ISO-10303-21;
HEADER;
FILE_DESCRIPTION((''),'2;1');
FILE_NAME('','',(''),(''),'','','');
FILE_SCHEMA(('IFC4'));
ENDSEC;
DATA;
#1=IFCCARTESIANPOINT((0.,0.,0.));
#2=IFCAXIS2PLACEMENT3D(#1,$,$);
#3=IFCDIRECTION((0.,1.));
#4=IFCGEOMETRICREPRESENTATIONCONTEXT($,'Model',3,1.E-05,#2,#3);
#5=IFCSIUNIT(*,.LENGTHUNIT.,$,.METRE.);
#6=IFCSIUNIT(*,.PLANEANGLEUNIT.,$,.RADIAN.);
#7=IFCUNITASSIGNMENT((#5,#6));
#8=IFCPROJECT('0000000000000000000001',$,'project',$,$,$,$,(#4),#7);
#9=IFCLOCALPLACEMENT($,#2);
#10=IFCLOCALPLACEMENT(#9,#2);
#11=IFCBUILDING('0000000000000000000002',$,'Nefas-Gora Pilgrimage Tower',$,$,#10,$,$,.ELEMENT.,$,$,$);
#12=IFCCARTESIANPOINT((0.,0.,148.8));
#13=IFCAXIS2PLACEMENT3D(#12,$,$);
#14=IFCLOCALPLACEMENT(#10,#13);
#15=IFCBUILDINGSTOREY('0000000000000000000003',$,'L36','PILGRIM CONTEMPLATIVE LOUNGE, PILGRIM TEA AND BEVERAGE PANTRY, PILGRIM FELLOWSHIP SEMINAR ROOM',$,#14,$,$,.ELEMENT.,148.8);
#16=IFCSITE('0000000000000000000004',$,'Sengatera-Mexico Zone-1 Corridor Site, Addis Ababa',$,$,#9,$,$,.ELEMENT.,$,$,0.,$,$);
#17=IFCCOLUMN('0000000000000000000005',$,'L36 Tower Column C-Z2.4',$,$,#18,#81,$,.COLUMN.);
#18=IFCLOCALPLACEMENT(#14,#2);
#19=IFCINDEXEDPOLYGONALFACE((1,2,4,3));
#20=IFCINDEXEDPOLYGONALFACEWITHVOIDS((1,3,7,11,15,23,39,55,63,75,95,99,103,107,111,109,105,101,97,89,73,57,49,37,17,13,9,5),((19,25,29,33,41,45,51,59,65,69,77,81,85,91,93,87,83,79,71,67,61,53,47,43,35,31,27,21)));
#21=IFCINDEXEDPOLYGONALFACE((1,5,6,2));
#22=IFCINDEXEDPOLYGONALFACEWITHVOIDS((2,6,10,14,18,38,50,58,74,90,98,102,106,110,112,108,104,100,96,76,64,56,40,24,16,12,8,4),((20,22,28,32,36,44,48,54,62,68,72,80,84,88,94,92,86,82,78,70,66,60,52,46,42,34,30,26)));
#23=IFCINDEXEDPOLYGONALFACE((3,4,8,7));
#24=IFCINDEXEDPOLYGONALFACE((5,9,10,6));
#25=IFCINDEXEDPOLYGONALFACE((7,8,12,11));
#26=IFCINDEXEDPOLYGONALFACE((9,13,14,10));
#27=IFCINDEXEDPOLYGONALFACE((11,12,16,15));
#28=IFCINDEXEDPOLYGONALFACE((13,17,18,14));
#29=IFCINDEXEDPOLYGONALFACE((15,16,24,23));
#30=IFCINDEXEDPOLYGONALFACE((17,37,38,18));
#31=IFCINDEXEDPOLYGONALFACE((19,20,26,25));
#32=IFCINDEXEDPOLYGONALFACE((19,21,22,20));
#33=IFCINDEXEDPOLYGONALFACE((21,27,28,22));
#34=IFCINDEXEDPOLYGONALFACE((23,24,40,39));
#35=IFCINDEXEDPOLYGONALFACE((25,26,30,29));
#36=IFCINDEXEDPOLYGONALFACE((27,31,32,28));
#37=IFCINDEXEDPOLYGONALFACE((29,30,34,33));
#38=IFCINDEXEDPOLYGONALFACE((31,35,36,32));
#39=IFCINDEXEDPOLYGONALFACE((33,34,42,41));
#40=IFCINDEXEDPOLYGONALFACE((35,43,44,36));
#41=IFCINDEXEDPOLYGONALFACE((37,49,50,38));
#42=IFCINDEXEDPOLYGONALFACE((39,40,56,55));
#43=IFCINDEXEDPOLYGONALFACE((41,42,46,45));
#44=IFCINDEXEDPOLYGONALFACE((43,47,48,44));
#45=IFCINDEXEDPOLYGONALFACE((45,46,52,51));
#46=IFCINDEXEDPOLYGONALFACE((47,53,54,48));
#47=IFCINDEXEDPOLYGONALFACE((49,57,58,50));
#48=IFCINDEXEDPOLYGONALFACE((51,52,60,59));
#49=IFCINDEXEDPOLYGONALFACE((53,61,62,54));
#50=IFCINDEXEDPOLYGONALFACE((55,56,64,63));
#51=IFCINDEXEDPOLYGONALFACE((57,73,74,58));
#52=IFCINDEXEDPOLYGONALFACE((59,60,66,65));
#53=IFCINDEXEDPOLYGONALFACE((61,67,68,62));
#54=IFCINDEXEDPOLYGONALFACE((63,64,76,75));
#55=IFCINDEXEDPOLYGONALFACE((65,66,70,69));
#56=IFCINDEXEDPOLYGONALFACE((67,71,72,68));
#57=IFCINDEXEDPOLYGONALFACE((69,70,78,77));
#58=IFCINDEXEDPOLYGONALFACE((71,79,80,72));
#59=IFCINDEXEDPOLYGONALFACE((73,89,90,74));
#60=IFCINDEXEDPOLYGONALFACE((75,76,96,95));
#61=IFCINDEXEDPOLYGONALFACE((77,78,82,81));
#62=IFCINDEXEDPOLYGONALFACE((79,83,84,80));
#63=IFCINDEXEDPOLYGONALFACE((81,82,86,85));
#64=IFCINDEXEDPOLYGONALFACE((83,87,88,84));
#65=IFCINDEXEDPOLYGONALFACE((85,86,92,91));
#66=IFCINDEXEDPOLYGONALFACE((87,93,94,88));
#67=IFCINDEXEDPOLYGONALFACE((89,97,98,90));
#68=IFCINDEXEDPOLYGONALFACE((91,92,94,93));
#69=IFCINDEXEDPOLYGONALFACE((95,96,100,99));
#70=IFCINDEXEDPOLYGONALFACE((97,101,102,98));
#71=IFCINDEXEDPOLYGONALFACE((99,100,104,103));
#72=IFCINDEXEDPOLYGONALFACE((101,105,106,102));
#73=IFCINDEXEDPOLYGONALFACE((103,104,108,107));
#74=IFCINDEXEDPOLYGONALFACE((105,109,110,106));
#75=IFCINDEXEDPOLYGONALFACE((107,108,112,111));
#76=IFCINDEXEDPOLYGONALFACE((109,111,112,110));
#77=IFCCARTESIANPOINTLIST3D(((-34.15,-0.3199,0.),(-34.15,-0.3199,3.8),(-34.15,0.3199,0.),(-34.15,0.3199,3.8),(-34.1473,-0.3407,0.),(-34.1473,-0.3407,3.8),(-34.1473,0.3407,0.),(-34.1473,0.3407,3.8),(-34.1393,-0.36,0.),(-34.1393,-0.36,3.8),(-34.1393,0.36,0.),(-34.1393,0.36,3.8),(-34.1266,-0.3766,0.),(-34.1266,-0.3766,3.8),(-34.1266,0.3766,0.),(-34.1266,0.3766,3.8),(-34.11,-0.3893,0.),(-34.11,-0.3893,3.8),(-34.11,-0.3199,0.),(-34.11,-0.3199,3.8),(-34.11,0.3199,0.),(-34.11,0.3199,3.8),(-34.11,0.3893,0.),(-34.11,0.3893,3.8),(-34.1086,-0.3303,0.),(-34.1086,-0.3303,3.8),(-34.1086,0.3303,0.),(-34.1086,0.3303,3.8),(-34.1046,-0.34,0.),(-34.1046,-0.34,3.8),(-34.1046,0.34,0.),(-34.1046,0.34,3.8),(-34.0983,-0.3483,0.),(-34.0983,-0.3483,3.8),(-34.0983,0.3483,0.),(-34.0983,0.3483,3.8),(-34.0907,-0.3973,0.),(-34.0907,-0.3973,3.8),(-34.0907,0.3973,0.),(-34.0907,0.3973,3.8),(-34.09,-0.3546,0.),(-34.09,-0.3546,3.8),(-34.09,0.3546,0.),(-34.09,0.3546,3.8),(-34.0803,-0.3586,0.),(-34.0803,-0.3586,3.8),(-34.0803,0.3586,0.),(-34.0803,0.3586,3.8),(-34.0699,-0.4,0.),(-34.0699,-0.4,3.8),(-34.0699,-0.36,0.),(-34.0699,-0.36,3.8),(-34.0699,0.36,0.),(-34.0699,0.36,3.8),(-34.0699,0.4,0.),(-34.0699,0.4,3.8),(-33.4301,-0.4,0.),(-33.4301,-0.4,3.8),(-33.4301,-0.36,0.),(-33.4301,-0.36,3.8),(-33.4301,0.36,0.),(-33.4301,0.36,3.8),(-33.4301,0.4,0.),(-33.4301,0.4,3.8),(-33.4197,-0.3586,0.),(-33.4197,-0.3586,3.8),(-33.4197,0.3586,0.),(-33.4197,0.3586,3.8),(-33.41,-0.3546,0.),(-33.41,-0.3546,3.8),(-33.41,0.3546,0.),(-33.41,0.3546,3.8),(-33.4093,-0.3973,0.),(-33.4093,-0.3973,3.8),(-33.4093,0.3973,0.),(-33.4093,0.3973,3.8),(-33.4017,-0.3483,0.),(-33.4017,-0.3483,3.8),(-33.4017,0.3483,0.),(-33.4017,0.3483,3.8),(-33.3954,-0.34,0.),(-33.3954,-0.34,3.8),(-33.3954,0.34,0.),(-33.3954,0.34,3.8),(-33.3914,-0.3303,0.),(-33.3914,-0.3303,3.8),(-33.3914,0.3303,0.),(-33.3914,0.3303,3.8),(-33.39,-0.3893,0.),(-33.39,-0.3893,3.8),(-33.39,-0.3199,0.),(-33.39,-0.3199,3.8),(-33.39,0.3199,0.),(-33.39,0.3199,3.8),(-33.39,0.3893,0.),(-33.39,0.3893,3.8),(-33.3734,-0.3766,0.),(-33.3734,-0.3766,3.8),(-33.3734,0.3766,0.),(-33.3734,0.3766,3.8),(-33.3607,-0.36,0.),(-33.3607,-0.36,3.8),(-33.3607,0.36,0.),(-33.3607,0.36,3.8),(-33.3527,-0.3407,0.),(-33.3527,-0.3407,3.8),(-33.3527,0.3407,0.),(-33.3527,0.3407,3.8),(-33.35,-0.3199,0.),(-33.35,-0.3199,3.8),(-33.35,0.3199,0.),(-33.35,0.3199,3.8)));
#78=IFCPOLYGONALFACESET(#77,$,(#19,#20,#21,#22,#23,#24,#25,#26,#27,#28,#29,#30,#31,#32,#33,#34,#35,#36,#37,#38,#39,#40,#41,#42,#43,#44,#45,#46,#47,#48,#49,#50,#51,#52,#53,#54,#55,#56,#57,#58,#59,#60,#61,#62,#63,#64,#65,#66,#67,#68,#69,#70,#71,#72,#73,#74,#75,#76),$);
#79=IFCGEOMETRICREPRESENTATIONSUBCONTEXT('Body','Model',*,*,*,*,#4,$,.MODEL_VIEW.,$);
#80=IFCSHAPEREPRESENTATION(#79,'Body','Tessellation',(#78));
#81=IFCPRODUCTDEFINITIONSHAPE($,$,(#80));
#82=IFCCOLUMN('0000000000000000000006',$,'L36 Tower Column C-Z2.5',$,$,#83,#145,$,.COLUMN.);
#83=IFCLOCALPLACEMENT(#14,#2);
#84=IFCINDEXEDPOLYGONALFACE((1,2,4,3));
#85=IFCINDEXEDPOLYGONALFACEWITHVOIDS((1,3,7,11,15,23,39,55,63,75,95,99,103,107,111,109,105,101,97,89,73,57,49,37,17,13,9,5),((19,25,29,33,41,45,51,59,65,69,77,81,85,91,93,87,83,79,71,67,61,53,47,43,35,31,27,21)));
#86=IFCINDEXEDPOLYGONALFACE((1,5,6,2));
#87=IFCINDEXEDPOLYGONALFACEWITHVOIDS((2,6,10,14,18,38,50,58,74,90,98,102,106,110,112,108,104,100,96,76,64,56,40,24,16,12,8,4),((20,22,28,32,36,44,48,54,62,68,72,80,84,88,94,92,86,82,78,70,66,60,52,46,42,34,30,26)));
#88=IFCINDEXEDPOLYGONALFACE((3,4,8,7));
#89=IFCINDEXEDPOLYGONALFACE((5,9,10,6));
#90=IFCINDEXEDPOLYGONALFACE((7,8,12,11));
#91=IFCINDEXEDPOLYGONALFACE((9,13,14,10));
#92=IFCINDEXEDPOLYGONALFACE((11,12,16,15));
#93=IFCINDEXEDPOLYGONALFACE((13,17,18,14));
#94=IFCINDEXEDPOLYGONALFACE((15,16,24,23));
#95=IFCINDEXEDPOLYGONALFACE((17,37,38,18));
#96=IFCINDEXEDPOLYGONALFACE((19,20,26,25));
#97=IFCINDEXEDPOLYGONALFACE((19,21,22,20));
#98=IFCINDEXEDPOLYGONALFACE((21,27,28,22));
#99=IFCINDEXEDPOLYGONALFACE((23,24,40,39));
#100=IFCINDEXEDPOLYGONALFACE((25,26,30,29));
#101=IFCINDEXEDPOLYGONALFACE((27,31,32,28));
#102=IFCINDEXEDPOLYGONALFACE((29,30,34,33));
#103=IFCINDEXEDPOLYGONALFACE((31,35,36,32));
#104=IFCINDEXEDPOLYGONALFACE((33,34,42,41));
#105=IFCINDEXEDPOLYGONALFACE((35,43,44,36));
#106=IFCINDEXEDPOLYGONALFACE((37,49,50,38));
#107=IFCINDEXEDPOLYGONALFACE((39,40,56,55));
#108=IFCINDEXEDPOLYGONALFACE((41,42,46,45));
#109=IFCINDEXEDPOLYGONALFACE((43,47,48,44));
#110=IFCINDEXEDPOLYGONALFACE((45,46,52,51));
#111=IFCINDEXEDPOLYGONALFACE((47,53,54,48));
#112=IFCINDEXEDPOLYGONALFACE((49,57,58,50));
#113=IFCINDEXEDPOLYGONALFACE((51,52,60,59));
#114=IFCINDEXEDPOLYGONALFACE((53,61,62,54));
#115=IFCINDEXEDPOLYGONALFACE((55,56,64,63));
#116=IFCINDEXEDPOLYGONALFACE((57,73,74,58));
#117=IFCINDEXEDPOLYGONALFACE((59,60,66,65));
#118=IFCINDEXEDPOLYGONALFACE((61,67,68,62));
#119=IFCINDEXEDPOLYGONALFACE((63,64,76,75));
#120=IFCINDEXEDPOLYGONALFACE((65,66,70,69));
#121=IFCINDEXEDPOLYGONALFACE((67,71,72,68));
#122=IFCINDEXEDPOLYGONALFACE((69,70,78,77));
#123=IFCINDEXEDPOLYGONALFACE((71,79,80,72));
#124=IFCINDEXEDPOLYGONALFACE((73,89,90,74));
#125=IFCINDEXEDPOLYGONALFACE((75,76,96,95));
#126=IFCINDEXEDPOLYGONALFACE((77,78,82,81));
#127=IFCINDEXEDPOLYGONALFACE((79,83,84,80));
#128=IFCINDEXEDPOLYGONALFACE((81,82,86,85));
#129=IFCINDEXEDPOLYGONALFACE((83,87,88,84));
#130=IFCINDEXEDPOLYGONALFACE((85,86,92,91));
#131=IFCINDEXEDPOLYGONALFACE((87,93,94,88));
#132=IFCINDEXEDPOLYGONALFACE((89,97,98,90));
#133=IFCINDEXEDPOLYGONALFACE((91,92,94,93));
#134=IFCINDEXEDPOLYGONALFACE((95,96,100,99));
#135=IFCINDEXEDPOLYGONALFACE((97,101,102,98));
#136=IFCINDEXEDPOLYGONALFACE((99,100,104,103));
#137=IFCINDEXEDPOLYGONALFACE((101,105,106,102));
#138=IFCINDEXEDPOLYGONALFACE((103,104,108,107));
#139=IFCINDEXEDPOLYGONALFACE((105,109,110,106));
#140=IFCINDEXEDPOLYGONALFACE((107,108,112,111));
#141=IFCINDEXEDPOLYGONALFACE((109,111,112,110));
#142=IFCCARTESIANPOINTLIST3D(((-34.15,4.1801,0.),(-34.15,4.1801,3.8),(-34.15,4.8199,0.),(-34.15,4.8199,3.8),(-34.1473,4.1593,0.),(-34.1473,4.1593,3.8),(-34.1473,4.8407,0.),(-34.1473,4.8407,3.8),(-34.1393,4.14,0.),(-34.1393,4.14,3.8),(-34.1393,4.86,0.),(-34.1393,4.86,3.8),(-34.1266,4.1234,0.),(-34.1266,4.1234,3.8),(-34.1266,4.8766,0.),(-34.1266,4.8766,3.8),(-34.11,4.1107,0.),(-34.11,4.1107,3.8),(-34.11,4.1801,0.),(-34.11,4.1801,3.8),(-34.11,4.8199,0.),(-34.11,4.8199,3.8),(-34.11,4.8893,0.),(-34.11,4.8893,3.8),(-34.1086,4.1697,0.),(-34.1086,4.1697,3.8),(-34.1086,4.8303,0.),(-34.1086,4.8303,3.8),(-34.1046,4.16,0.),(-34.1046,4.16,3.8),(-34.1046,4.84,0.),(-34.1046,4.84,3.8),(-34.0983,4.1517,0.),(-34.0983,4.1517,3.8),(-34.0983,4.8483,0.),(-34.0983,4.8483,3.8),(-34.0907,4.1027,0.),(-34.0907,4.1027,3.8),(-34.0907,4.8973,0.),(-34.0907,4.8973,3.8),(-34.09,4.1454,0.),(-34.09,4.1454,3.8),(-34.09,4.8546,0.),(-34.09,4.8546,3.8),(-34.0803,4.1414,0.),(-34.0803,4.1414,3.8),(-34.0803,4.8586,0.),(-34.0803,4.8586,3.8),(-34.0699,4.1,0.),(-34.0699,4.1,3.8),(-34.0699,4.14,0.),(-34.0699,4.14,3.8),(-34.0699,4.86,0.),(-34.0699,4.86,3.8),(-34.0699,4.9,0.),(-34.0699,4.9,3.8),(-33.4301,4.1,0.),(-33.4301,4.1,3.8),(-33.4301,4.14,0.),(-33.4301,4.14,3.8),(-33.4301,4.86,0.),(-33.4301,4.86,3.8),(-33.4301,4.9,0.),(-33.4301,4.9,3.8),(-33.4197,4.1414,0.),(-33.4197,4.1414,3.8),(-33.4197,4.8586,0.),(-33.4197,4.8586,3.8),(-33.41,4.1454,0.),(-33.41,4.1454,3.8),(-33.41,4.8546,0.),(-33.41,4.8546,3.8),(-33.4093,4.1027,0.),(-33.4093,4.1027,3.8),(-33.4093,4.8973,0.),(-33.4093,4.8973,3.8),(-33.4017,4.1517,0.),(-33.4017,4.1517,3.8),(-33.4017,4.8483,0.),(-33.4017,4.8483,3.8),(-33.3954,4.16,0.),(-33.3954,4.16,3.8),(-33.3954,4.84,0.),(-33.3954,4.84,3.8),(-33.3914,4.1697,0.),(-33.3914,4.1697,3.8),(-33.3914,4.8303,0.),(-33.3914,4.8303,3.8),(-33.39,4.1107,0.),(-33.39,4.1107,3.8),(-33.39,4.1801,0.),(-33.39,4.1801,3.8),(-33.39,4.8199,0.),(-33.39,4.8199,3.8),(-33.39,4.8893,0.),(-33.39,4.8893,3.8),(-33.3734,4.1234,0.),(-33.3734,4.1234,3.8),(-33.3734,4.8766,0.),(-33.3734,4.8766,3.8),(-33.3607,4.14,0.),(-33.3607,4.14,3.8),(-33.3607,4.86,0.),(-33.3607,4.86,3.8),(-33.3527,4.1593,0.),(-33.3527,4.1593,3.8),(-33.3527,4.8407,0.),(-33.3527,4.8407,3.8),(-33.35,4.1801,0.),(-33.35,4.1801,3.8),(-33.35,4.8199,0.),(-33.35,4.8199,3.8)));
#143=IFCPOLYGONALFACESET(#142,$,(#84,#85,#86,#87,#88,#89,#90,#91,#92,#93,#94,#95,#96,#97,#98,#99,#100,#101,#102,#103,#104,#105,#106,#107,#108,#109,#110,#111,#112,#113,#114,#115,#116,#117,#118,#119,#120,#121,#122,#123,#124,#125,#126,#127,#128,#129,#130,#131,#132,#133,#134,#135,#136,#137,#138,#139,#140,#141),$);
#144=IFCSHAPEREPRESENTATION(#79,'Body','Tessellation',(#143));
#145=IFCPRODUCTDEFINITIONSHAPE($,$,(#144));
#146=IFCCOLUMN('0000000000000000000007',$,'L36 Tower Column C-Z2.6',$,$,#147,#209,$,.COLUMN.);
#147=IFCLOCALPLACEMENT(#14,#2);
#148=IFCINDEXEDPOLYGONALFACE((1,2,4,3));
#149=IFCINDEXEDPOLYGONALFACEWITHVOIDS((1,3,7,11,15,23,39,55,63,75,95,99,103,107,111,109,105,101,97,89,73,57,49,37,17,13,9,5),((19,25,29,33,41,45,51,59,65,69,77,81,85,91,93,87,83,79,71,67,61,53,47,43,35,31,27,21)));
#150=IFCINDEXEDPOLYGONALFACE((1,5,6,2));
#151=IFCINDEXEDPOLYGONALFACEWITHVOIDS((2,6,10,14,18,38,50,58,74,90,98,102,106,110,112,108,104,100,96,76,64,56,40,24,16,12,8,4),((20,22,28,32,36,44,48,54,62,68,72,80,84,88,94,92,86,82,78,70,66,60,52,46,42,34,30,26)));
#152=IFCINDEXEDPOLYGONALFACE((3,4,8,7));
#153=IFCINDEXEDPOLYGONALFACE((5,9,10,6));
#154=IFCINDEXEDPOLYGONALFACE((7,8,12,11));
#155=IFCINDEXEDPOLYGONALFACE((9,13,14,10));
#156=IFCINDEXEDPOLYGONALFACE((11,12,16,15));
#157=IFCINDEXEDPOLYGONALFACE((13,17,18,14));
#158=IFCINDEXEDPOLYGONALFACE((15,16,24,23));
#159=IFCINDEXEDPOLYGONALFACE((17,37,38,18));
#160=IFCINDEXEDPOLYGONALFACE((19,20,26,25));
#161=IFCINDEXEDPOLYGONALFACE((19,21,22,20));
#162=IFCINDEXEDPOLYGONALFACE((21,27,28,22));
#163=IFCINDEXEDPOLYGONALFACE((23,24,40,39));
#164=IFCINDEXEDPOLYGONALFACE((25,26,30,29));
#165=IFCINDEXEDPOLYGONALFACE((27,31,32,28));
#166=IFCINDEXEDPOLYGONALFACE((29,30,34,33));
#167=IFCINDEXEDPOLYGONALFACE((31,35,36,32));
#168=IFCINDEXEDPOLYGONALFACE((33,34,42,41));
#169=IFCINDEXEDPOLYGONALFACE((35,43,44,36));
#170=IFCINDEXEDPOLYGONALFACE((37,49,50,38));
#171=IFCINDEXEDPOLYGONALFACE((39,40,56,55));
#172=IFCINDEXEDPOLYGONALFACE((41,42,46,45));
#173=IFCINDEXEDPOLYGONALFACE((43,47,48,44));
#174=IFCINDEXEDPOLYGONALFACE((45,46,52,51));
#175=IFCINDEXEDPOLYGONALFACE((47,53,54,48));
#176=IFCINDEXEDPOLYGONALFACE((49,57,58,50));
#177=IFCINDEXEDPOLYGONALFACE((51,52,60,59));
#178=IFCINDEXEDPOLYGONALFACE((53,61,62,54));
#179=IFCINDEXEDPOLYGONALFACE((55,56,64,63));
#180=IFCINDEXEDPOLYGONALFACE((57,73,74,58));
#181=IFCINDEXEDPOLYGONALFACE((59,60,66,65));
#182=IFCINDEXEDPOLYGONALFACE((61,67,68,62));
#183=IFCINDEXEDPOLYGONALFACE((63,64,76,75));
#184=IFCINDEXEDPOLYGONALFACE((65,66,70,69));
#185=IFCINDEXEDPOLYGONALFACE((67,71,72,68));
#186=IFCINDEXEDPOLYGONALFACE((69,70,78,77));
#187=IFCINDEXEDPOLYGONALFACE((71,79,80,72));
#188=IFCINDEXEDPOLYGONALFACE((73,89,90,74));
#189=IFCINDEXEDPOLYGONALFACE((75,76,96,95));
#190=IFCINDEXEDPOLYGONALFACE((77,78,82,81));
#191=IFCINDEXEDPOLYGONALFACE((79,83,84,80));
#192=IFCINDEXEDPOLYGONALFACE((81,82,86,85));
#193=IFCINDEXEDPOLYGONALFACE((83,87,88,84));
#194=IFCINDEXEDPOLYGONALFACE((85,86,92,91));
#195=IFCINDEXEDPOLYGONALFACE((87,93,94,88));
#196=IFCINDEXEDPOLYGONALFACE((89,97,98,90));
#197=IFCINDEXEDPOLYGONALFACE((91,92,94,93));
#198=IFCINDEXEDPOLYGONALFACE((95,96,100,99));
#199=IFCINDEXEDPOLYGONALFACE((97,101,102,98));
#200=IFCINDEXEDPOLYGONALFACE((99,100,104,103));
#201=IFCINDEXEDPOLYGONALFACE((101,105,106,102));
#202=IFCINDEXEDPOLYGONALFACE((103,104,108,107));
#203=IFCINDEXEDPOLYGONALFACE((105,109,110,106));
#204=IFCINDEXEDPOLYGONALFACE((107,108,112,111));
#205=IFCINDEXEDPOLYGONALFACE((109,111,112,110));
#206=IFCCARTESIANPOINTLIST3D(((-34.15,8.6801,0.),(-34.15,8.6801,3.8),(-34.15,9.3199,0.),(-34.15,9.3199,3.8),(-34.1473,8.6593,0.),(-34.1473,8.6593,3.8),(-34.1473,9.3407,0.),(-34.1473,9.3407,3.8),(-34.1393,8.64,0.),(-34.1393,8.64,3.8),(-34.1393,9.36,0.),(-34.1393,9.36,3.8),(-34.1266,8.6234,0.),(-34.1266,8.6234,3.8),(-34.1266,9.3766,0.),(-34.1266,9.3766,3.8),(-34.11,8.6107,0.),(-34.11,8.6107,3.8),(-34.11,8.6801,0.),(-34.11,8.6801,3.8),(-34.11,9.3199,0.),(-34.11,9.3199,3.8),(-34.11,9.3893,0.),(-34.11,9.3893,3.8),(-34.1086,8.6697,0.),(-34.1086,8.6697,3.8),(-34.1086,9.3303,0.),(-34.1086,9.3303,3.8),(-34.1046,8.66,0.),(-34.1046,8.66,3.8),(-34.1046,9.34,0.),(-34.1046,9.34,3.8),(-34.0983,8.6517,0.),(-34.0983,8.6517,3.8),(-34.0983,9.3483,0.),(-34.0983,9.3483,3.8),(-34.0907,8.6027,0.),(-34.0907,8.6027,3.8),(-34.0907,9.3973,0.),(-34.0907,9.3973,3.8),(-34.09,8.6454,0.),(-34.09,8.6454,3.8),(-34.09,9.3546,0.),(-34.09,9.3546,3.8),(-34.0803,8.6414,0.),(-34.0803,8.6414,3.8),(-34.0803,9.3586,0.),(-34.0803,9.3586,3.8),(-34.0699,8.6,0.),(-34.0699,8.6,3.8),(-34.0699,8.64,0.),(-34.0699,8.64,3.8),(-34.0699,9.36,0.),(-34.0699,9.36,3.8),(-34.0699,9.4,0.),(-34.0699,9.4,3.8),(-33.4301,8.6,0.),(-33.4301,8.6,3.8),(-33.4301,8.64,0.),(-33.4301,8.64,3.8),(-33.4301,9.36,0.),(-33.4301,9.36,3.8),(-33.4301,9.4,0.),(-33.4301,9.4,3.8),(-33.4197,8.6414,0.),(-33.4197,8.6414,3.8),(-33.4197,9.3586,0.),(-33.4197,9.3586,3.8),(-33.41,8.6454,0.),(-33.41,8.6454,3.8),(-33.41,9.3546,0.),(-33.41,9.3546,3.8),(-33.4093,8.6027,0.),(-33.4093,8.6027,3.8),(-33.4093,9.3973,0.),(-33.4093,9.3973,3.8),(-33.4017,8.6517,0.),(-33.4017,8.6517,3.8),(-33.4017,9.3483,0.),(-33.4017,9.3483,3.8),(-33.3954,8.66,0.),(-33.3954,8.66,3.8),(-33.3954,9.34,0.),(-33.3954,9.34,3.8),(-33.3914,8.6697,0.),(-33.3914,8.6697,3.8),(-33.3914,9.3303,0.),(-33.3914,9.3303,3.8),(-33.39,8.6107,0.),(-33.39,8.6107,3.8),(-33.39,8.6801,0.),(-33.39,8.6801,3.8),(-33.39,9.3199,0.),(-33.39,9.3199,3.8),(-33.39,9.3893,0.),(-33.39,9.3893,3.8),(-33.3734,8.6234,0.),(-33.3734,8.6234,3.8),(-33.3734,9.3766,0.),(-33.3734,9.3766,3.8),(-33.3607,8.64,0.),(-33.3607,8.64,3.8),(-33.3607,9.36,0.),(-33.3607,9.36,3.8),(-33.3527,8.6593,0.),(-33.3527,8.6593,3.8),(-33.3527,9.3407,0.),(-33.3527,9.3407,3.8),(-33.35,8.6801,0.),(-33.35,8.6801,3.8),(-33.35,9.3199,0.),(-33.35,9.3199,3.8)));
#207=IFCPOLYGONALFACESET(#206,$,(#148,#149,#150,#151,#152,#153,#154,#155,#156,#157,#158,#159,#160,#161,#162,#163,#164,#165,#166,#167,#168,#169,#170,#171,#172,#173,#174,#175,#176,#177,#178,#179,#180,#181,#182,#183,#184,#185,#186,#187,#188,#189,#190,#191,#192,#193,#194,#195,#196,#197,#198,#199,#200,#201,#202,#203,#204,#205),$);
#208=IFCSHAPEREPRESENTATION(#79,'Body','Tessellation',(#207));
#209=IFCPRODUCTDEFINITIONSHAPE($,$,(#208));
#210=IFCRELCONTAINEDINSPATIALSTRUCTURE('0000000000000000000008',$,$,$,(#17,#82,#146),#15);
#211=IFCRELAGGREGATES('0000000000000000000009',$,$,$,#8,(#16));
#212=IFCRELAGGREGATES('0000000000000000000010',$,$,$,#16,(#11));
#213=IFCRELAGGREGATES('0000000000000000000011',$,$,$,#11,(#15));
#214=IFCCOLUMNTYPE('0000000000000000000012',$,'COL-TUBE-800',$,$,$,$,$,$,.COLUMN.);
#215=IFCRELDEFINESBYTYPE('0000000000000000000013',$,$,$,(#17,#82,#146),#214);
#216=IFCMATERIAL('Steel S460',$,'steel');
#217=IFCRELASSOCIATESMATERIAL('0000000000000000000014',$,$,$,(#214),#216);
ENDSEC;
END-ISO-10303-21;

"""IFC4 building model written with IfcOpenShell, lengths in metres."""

from ifc_helpers import new_model, si_unit, direction, frame, origin, origin_2d, place, context, subcontext, project, spatial, hollow_rectangle, extrude, source, transform, mapped, material, material_profile, profile_set, type_object, element, save


model = new_model("IFC4")

# Units and contexts
model_context = context("Model", 3, precision=1e-05, world=origin(), true_north=direction((0.0, 1.0)))
body_context = subcontext(model_context, "Body", "Model", "MODEL_VIEW")
ifc_project = project(units=[si_unit("LENGTHUNIT", "METRE"), si_unit("PLANEANGLEUNIT", "RADIAN")], contexts=[model_context])

# Site, building, storey
site_placement = place(None, origin())
site = spatial("IfcSite", under=ifc_project, at=site_placement, Name="Sengatera-Mexico Zone-1 Corridor Site, Addis Ababa", CompositionType="ELEMENT", RefElevation=0.0)
building_placement = place(site_placement, origin())
building = spatial("IfcBuilding", under=site, at=building_placement, Name="Nefas-Gora Pilgrimage Tower", CompositionType="ELEMENT")
storey_placement = place(building_placement, frame((0.0, 0.0, 148.8)))
storey = spatial("IfcBuildingStorey", under=building, at=storey_placement, Name="L36", Description="PILGRIM CONTEMPLATIVE LOUNGE, PILGRIM TEA AND BEVERAGE PANTRY, PILGRIM FELLOWSHIP SEMINAR ROOM", CompositionType="ELEMENT", Elevation=148.8)

# Columns
ifc_material_1 = material(Name="Steel S460", Category="steel")
ifc_material_profile_1 = material_profile(ifc_material_1, hollow_rectangle(XDim=0.8, YDim=0.8, WallThickness=0.04, InnerFilletRadius=0.04, OuterFilletRadius=0.0801, at=origin_2d()), Name="BOX 800x800x40")
ifc_profile_set_1 = profile_set([ifc_material_profile_1], Name="Steel S460")
column_type_1 = type_object("IfcColumnType", Name="COL-TUBE-800", PredefinedType="COLUMN", material=ifc_profile_set_1)
shared_shape_1 = source(origin(), body_context, "Body", "SweptSolid", [
    extrude(hollow_rectangle(XDim=0.8, YDim=0.8, WallThickness=0.04, InnerFilletRadius=0.04, OuterFilletRadius=0.0801, at=origin_2d()), origin(), (0.0, 0.0, 1.0), 3.8),
])
for number, where, z_axis, x_axis, name in (
    (1, (-33.75, 0.0, 0.0), (0.0, 0.0, 1.0), (1.0, 0.0, 0.0), "L36 Tower Column C-Z2.4"),
    (2, (-33.75, 4.5, 0.0), (0.0, 0.0, 1.0), (1.0, 0.0, 0.0), "L36 Tower Column C-Z2.5"),
    (3, (-33.75, 9.0, 0.0), (0.0, 0.0, 1.0), (1.0, 0.0, 0.0), "L36 Tower Column C-Z2.6"),
):
    element("IfcColumn", number, at=place(storey_placement, frame(where, z_axis=z_axis, x_axis=x_axis)), inside=storey, type_object=column_type_1, Name=name, PredefinedType="COLUMN", context=body_context, shape_type="MappedRepresentation", body=[
        mapped(shared_shape_1, transform((0.0, 0.0, 0.0), x_axis=(1.0, 0.0, 0.0), y_axis=(0.0, 1.0, 0.0), z_axis=(0.0, 0.0, 1.0), scale=1.0)),
    ])

save(model, "model.ifc")
